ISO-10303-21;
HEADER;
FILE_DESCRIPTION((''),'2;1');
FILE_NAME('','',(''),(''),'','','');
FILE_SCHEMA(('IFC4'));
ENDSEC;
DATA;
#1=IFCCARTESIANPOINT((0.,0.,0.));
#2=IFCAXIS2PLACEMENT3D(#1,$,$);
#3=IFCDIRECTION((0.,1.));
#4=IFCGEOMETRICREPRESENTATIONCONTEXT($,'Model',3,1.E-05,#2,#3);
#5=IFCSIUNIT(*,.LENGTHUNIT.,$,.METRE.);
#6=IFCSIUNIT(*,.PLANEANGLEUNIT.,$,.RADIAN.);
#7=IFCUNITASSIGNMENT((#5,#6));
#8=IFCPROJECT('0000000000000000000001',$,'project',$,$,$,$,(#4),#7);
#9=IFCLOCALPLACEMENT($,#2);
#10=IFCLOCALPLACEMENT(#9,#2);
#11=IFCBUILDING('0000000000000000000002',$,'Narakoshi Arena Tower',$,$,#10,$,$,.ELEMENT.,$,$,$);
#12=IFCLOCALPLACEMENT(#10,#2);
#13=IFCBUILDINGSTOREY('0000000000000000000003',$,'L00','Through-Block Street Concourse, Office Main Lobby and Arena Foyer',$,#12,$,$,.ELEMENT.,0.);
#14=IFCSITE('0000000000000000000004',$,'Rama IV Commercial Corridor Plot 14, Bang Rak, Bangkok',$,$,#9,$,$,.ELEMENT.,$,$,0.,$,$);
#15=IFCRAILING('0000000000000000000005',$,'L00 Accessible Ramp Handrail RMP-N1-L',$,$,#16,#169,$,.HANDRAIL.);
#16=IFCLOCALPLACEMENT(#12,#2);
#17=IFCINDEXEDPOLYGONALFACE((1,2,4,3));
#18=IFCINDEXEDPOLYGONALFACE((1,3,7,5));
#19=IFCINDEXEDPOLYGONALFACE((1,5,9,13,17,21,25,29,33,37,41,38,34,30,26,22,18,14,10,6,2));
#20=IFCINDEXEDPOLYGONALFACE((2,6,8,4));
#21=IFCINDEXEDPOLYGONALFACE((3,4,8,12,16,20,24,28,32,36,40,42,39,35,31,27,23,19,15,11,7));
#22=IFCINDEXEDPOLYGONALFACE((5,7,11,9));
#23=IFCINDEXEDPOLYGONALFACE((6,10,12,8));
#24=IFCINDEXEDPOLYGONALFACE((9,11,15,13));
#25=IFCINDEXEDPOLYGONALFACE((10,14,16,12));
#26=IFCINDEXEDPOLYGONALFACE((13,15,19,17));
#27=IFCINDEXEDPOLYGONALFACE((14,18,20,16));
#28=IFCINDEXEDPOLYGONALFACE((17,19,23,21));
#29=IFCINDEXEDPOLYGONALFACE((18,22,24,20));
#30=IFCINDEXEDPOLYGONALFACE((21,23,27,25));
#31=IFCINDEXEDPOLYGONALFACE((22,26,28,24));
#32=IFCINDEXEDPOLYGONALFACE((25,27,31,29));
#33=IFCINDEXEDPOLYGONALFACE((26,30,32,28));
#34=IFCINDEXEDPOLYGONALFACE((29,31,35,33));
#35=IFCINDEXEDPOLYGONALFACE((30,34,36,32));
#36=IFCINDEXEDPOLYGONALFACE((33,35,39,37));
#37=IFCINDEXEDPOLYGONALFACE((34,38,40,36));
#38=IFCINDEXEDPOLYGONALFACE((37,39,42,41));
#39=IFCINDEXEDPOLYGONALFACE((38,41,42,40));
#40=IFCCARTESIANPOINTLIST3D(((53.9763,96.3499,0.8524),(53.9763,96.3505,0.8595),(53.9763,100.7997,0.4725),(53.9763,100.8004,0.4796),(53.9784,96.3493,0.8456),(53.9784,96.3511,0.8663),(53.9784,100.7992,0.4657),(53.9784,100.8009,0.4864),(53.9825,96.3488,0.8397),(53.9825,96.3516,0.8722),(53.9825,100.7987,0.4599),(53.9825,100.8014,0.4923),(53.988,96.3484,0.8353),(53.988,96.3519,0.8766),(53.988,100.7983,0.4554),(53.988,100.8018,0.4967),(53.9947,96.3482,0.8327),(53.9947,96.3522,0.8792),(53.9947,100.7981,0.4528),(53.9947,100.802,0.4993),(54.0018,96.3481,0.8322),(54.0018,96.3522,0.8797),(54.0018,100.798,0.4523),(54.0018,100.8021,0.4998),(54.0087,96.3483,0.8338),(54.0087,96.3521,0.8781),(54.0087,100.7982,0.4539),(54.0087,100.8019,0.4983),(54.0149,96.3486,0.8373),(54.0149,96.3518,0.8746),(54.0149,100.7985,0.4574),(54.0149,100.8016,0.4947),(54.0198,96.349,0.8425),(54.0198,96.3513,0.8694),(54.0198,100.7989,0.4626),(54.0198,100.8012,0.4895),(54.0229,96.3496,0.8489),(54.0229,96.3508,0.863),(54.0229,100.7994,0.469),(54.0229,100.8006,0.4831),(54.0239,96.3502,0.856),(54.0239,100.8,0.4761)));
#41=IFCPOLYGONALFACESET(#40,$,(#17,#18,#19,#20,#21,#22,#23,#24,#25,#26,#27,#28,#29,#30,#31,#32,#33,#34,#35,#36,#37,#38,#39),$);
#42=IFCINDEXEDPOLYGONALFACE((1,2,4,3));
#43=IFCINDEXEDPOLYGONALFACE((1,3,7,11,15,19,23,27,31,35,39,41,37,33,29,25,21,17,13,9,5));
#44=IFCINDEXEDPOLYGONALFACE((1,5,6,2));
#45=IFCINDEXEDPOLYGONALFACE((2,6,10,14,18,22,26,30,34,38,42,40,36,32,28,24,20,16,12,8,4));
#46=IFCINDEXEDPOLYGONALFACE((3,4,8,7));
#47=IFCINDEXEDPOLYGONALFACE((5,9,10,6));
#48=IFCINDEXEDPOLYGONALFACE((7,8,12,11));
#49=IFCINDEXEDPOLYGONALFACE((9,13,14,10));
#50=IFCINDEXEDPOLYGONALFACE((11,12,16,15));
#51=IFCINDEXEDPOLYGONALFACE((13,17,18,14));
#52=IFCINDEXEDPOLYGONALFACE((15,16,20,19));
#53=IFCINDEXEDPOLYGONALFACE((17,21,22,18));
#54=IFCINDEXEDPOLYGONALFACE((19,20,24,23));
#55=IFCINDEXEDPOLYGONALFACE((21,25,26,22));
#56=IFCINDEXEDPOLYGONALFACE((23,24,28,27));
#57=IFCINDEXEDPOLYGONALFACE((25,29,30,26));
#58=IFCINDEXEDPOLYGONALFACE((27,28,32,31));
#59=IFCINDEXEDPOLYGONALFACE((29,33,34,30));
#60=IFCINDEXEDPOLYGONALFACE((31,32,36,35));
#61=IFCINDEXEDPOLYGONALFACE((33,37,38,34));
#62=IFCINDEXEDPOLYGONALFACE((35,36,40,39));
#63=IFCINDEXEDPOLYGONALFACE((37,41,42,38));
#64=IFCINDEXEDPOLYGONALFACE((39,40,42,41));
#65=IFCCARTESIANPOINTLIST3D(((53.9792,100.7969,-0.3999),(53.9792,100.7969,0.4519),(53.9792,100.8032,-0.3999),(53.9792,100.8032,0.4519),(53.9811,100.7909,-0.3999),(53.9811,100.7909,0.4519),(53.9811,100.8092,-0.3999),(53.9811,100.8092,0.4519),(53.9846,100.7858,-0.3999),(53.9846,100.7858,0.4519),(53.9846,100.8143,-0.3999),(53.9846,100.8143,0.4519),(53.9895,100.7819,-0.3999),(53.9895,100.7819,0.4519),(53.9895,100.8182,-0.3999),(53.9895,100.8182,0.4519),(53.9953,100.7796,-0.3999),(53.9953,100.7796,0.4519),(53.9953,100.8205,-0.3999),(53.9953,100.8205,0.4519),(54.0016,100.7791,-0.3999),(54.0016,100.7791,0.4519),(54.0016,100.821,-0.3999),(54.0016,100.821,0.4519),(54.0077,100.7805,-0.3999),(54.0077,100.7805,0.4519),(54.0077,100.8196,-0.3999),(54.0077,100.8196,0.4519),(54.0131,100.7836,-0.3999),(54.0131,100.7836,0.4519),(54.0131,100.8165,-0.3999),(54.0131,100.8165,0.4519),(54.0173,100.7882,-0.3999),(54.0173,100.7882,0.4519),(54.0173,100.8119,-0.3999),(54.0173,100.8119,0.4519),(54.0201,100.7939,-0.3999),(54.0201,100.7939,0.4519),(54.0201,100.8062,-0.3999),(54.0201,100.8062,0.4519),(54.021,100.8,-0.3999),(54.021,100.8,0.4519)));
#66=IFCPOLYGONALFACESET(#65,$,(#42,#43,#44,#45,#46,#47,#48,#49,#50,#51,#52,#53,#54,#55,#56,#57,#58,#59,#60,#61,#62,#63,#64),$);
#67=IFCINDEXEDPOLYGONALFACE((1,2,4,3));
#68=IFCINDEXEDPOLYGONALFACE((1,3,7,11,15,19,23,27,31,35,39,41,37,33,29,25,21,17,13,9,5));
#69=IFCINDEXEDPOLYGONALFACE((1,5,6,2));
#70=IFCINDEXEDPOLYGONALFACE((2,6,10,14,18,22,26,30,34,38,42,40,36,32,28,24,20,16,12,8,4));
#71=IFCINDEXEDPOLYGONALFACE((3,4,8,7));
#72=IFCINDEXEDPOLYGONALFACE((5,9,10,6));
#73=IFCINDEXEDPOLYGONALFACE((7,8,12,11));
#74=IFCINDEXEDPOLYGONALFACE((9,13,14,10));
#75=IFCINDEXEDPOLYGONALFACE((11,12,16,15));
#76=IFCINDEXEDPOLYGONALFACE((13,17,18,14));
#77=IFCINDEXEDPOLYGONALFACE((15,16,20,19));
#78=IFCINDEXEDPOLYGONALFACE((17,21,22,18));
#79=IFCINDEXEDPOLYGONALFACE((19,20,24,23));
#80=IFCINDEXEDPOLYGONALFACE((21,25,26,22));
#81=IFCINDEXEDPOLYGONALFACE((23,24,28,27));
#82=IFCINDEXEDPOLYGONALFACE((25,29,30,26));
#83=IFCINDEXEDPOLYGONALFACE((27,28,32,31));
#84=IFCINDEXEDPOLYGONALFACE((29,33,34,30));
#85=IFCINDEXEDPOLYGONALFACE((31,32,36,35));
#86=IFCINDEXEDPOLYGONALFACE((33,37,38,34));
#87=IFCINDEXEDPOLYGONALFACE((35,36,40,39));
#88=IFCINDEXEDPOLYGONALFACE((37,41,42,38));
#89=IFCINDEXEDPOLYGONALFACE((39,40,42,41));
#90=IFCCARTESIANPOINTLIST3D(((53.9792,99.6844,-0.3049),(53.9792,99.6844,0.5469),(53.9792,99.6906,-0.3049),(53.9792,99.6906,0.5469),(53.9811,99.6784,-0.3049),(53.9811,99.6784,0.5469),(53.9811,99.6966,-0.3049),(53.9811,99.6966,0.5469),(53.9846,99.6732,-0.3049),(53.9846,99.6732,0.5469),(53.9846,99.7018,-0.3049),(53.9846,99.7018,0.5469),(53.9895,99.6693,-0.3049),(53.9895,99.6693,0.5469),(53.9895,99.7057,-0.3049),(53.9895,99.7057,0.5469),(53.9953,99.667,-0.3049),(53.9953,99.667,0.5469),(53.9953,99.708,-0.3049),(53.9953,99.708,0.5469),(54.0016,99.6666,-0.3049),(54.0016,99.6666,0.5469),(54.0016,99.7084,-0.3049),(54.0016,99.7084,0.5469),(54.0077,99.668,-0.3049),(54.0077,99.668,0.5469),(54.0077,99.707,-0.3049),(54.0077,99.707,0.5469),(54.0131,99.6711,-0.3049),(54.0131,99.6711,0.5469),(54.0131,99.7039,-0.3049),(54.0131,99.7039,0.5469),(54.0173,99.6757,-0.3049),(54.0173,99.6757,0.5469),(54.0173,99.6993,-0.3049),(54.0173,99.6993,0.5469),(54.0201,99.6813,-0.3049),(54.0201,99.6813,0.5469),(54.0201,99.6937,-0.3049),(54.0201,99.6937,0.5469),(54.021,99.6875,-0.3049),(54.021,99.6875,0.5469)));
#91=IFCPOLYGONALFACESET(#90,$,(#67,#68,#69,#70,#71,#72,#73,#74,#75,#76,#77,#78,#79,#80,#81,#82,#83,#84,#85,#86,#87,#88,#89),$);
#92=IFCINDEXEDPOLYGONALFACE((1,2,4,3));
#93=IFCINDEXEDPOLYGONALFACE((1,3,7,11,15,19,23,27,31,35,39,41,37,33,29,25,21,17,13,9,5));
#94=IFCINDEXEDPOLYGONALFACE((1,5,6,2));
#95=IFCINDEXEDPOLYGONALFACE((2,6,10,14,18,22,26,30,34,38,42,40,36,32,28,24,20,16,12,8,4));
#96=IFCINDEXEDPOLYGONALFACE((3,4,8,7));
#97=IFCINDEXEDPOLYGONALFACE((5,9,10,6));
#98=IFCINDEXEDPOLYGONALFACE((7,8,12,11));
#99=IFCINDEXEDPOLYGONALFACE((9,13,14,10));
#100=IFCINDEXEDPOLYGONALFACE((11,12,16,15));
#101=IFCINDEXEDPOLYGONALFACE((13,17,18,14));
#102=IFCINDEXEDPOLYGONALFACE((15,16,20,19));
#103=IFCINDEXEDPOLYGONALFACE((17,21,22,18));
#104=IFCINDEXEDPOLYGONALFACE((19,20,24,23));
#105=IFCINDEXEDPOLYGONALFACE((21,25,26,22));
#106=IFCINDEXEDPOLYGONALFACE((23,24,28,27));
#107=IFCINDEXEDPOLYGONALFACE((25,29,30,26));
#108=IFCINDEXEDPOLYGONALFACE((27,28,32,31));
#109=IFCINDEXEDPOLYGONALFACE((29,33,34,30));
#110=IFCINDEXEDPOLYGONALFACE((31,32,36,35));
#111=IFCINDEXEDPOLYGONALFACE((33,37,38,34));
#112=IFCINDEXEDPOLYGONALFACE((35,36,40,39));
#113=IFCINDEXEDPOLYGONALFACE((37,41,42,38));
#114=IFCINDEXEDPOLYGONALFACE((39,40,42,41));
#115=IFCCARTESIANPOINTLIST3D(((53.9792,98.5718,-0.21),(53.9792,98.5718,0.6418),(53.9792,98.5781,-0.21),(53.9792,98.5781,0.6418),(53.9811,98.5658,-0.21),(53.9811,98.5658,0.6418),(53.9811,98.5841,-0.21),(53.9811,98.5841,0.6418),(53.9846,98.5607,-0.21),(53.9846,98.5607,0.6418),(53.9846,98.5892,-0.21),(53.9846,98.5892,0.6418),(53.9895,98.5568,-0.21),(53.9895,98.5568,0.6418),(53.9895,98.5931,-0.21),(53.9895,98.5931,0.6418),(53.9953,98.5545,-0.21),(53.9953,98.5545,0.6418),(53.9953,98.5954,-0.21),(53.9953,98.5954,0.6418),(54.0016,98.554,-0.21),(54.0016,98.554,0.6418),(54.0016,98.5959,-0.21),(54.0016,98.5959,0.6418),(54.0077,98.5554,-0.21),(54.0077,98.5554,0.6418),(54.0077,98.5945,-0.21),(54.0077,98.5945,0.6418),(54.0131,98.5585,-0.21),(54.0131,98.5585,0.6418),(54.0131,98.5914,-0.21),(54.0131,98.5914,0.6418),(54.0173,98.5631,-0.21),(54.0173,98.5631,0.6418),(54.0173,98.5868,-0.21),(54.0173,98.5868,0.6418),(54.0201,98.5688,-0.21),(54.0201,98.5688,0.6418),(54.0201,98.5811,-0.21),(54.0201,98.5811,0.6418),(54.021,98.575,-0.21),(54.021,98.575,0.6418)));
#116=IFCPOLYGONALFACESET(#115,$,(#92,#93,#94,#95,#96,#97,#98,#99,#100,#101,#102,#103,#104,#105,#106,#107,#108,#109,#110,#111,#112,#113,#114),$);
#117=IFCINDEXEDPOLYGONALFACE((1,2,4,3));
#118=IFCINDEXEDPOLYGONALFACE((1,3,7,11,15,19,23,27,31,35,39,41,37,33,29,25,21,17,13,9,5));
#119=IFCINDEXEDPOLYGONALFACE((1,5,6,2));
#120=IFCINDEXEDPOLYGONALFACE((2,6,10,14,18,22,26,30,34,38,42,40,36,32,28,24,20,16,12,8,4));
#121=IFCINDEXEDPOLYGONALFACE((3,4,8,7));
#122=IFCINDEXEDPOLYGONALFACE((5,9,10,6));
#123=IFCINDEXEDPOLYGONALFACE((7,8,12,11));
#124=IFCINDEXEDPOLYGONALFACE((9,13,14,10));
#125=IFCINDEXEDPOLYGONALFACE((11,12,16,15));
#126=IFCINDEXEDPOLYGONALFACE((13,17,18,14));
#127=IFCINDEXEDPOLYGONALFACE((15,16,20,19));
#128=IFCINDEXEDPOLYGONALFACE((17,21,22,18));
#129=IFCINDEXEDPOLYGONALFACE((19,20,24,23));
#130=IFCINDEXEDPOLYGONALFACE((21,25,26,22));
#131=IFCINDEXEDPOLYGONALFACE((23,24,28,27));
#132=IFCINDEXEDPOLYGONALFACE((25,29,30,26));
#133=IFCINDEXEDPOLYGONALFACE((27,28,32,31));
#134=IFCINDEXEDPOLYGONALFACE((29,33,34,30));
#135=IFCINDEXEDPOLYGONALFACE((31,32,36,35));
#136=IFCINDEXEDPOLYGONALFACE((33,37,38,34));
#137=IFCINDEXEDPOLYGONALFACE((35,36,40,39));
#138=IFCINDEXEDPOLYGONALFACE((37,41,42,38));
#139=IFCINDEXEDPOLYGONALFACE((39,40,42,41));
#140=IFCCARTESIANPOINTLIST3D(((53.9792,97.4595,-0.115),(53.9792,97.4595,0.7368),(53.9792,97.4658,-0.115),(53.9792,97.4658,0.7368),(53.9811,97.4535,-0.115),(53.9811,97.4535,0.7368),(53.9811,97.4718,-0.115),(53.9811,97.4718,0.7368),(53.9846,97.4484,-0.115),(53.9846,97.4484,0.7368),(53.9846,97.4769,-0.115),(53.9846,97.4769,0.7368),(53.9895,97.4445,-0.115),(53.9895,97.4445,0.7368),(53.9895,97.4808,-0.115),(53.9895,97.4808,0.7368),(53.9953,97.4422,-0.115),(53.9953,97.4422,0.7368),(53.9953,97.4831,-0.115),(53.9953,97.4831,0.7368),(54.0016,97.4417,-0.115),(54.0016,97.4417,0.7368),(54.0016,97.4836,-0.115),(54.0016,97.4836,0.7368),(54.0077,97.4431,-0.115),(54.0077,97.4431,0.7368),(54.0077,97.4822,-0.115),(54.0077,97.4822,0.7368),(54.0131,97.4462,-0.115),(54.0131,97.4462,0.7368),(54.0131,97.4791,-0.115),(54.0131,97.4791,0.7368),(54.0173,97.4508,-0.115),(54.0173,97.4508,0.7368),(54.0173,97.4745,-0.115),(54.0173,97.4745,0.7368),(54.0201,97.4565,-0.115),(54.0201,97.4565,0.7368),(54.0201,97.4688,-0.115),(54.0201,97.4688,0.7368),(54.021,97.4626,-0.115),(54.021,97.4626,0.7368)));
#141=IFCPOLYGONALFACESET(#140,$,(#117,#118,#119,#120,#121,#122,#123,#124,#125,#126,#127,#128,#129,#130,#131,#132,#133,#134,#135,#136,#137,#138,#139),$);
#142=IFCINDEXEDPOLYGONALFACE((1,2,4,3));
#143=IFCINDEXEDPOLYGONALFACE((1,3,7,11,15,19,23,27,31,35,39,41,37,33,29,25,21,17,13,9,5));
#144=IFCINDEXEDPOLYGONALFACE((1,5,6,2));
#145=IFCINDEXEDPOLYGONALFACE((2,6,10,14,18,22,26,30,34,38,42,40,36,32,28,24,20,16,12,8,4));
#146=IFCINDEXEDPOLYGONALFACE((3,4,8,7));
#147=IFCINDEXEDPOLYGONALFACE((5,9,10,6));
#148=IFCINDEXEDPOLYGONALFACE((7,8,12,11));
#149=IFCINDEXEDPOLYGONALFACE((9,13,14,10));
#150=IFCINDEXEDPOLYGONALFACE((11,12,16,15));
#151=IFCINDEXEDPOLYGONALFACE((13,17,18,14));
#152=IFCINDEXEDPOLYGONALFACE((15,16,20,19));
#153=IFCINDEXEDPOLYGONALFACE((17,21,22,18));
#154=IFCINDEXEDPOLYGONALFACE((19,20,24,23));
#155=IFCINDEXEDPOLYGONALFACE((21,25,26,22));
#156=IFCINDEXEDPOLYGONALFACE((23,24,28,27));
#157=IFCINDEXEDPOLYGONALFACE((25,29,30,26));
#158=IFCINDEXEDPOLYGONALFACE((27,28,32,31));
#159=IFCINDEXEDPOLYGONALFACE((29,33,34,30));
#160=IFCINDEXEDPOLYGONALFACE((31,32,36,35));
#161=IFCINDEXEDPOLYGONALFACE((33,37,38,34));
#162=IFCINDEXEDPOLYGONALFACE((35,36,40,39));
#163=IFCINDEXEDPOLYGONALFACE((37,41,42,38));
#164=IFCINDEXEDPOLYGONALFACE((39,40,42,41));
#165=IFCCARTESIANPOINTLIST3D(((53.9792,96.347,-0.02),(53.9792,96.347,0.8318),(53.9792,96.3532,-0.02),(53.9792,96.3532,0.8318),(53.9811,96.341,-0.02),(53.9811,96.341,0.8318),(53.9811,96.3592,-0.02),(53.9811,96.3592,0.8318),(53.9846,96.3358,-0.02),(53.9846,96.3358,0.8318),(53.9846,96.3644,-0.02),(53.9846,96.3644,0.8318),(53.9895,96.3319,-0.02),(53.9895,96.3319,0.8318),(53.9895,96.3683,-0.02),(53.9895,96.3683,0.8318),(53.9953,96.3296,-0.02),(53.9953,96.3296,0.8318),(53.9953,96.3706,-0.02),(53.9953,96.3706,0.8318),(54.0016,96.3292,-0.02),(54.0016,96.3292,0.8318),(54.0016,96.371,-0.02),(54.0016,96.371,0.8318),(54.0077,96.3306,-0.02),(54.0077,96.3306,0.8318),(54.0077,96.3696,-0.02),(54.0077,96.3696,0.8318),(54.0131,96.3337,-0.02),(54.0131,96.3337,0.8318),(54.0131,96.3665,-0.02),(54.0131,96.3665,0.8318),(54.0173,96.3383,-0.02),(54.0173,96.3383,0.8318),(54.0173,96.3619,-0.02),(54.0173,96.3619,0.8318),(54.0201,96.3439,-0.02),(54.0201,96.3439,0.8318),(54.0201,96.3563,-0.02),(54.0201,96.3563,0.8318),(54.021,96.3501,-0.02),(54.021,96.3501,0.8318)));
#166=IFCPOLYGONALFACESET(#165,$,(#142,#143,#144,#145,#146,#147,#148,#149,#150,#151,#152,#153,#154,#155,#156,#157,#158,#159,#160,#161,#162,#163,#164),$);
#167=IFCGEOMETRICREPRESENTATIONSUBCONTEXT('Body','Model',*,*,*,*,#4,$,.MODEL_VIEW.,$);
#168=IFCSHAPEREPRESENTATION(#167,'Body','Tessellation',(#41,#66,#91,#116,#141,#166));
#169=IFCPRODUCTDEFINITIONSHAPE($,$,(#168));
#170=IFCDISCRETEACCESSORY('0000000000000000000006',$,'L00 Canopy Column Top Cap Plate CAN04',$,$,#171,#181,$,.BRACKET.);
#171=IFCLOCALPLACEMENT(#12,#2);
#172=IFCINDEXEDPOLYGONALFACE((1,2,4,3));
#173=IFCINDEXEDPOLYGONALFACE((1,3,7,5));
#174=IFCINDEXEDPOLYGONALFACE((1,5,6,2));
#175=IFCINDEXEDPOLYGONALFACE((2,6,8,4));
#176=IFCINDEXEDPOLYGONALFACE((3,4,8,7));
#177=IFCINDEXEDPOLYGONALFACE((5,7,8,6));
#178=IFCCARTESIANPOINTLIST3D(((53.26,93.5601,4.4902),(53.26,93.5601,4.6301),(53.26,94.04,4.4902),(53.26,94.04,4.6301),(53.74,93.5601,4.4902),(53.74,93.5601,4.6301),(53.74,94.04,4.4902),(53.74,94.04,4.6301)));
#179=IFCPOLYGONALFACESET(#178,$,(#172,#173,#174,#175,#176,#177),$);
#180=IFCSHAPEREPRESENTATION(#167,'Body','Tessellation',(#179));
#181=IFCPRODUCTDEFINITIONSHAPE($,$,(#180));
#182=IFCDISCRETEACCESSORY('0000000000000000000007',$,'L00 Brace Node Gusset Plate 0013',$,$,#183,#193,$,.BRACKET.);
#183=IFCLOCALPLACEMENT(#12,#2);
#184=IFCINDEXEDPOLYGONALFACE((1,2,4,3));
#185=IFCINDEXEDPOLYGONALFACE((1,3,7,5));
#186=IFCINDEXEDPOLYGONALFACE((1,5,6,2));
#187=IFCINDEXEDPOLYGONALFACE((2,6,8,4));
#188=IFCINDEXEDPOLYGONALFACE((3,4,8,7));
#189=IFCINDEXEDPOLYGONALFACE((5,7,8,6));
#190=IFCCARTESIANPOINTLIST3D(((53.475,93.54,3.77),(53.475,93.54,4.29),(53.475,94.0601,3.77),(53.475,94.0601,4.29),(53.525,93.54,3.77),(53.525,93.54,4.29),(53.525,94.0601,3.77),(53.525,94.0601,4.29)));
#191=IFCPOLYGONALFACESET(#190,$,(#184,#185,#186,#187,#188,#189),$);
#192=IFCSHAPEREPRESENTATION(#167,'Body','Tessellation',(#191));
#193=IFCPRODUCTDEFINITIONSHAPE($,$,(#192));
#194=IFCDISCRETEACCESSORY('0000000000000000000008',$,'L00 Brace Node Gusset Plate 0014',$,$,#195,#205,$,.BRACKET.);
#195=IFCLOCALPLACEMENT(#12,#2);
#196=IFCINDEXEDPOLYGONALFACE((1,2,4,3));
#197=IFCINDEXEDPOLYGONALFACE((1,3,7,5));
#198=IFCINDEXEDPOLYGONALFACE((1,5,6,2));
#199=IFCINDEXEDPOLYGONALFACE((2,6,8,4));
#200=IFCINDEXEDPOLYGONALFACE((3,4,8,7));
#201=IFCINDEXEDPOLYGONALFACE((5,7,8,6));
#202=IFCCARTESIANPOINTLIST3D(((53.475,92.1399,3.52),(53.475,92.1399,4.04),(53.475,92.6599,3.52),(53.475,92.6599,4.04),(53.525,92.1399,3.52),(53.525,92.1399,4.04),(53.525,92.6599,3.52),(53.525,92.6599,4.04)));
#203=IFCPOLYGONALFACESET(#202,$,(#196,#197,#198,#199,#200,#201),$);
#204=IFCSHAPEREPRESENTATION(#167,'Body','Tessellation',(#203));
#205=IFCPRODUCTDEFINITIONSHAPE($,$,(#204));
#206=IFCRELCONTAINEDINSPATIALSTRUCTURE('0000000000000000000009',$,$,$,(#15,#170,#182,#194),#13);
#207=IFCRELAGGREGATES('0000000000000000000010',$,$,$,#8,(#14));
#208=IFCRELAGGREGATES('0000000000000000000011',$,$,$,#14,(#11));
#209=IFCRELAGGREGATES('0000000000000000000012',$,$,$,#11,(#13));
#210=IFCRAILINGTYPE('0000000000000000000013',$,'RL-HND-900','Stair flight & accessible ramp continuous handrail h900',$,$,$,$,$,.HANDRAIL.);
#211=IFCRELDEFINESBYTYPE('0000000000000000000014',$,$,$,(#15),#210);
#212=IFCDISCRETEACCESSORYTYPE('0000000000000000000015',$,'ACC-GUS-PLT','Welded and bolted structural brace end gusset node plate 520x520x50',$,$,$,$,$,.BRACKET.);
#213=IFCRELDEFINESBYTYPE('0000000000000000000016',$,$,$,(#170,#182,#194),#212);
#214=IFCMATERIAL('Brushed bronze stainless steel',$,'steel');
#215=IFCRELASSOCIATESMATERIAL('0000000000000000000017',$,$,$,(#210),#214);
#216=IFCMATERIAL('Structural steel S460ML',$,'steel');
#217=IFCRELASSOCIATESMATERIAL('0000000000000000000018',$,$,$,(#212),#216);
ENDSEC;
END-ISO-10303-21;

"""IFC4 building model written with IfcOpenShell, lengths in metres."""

from ifc_helpers import new_model, si_unit, direction, frame, origin, origin_2d, place, context, subcontext, project, spatial, rectangle, circle, extrude, material, type_object, element, save


model = new_model("IFC4")

# Units and contexts
model_context = context("Model", 3, precision=1e-05, world=origin(), true_north=direction((0.0, 1.0)))
body_context = subcontext(model_context, "Body", "Model", "MODEL_VIEW")
ifc_project = project(units=[si_unit("LENGTHUNIT", "METRE"), si_unit("PLANEANGLEUNIT", "RADIAN")], contexts=[model_context])

# Site, building, storey
site_placement = place(None, origin())
site = spatial("IfcSite", under=ifc_project, at=site_placement, Name="Rama IV Commercial Corridor Plot 14, Bang Rak, Bangkok", CompositionType="ELEMENT", RefElevation=0.0)
building_placement = place(site_placement, origin())
building = spatial("IfcBuilding", under=site, at=building_placement, Name="Narakoshi Arena Tower", CompositionType="ELEMENT")
storey_placement = place(building_placement, origin())
storey = spatial("IfcBuildingStorey", under=building, at=storey_placement, Name="L00", Description="Through-Block Street Concourse, Office Main Lobby and Arena Foyer", CompositionType="ELEMENT", Elevation=0.0)

# Railing
ifc_material_1 = material(Name="Brushed bronze stainless steel", Category="steel")
railing_type_1 = type_object("IfcRailingType", Name="RL-HND-900", Description="Stair flight & accessible ramp continuous handrail h900", PredefinedType="HANDRAIL", material=ifc_material_1)
railing_1_placement = place(storey_placement, frame((54.0, 100.8, -0.3999)))
element("IfcRailing", 1, at=railing_1_placement, inside=storey, type_object=railing_type_1, Name="L00 Accessible Ramp Handrail RMP-N1-L", PredefinedType="HANDRAIL", context=body_context, shape_type="SweptSolid", body=[
    extrude(circle(Radius=0.0239, at=origin_2d()), frame((0.0, 0.0, 0.876), z_axis=(0.0, -0.996376, 0.085058), x_axis=(1.0, 0.0, 0.0)), (0.0, 0.0, 1.0), 4.4661),
    extrude(circle(Radius=0.021, at=origin_2d()), origin(), (0.0, 0.0, 1.0), 0.8518),
    extrude(circle(Radius=0.021, at=origin_2d()), frame((0.0, -1.1125, 0.095)), (0.0, 0.0, 1.0), 0.8518),
    extrude(circle(Radius=0.021, at=origin_2d()), frame((0.0, -2.2251, 0.1899)), (0.0, 0.0, 1.0), 0.8518),
    extrude(circle(Radius=0.021, at=origin_2d()), frame((0.0, -3.3374, 0.2849)), (0.0, 0.0, 1.0), 0.8518),
    extrude(circle(Radius=0.021, at=origin_2d()), frame((0.0, -4.45, 0.3799)), (0.0, 0.0, 1.0), 0.8518),
])

# Discrete accessories
ifc_material_2 = material(Name="Structural steel S460ML", Category="steel")
discrete_accessory_type = type_object("IfcDiscreteAccessoryType", Name="ACC-GUS-PLT", Description="Welded and bolted structural brace end gusset node plate 520x520x50", PredefinedType="BRACKET", material=ifc_material_2)
discrete_accessory_placement = place(storey_placement, frame((53.5, 93.8, 4.4902), z_axis=(0.0, 0.0, 1.0), x_axis=(1.0, 0.0, 0.0)))
element("IfcDiscreteAccessory", 2, at=discrete_accessory_placement, inside=storey, type_object=discrete_accessory_type, Name="L00 Canopy Column Top Cap Plate CAN04", PredefinedType="BRACKET", context=body_context, shape_type="SweptSolid", body=[
    extrude(rectangle(XDim=0.48, YDim=0.48, at=origin_2d()), origin(), (0.0, 0.0, 1.0), 0.1399),
])
for number, where, z_axis, x_axis, name in (
    (3, (53.5, 93.8, 3.77), (0.0, 0.0, 1.0), (0.0, 1.0, 0.0), "L00 Brace Node Gusset Plate 0013"),
    (4, (53.5, 92.3999, 3.52), (0.0, 0.0, 1.0), (0.0, 1.0, 0.0), "L00 Brace Node Gusset Plate 0014"),
):
    element("IfcDiscreteAccessory", number, at=place(storey_placement, frame(where, z_axis=z_axis, x_axis=x_axis)), inside=storey, type_object=discrete_accessory_type, Name=name, PredefinedType="BRACKET", context=body_context, shape_type="SweptSolid", body=[
        extrude(rectangle(XDim=0.52, YDim=0.05, at=origin_2d()), origin(), (0.0, 0.0, 1.0), 0.52),
    ])

save(model, "model.ifc")
